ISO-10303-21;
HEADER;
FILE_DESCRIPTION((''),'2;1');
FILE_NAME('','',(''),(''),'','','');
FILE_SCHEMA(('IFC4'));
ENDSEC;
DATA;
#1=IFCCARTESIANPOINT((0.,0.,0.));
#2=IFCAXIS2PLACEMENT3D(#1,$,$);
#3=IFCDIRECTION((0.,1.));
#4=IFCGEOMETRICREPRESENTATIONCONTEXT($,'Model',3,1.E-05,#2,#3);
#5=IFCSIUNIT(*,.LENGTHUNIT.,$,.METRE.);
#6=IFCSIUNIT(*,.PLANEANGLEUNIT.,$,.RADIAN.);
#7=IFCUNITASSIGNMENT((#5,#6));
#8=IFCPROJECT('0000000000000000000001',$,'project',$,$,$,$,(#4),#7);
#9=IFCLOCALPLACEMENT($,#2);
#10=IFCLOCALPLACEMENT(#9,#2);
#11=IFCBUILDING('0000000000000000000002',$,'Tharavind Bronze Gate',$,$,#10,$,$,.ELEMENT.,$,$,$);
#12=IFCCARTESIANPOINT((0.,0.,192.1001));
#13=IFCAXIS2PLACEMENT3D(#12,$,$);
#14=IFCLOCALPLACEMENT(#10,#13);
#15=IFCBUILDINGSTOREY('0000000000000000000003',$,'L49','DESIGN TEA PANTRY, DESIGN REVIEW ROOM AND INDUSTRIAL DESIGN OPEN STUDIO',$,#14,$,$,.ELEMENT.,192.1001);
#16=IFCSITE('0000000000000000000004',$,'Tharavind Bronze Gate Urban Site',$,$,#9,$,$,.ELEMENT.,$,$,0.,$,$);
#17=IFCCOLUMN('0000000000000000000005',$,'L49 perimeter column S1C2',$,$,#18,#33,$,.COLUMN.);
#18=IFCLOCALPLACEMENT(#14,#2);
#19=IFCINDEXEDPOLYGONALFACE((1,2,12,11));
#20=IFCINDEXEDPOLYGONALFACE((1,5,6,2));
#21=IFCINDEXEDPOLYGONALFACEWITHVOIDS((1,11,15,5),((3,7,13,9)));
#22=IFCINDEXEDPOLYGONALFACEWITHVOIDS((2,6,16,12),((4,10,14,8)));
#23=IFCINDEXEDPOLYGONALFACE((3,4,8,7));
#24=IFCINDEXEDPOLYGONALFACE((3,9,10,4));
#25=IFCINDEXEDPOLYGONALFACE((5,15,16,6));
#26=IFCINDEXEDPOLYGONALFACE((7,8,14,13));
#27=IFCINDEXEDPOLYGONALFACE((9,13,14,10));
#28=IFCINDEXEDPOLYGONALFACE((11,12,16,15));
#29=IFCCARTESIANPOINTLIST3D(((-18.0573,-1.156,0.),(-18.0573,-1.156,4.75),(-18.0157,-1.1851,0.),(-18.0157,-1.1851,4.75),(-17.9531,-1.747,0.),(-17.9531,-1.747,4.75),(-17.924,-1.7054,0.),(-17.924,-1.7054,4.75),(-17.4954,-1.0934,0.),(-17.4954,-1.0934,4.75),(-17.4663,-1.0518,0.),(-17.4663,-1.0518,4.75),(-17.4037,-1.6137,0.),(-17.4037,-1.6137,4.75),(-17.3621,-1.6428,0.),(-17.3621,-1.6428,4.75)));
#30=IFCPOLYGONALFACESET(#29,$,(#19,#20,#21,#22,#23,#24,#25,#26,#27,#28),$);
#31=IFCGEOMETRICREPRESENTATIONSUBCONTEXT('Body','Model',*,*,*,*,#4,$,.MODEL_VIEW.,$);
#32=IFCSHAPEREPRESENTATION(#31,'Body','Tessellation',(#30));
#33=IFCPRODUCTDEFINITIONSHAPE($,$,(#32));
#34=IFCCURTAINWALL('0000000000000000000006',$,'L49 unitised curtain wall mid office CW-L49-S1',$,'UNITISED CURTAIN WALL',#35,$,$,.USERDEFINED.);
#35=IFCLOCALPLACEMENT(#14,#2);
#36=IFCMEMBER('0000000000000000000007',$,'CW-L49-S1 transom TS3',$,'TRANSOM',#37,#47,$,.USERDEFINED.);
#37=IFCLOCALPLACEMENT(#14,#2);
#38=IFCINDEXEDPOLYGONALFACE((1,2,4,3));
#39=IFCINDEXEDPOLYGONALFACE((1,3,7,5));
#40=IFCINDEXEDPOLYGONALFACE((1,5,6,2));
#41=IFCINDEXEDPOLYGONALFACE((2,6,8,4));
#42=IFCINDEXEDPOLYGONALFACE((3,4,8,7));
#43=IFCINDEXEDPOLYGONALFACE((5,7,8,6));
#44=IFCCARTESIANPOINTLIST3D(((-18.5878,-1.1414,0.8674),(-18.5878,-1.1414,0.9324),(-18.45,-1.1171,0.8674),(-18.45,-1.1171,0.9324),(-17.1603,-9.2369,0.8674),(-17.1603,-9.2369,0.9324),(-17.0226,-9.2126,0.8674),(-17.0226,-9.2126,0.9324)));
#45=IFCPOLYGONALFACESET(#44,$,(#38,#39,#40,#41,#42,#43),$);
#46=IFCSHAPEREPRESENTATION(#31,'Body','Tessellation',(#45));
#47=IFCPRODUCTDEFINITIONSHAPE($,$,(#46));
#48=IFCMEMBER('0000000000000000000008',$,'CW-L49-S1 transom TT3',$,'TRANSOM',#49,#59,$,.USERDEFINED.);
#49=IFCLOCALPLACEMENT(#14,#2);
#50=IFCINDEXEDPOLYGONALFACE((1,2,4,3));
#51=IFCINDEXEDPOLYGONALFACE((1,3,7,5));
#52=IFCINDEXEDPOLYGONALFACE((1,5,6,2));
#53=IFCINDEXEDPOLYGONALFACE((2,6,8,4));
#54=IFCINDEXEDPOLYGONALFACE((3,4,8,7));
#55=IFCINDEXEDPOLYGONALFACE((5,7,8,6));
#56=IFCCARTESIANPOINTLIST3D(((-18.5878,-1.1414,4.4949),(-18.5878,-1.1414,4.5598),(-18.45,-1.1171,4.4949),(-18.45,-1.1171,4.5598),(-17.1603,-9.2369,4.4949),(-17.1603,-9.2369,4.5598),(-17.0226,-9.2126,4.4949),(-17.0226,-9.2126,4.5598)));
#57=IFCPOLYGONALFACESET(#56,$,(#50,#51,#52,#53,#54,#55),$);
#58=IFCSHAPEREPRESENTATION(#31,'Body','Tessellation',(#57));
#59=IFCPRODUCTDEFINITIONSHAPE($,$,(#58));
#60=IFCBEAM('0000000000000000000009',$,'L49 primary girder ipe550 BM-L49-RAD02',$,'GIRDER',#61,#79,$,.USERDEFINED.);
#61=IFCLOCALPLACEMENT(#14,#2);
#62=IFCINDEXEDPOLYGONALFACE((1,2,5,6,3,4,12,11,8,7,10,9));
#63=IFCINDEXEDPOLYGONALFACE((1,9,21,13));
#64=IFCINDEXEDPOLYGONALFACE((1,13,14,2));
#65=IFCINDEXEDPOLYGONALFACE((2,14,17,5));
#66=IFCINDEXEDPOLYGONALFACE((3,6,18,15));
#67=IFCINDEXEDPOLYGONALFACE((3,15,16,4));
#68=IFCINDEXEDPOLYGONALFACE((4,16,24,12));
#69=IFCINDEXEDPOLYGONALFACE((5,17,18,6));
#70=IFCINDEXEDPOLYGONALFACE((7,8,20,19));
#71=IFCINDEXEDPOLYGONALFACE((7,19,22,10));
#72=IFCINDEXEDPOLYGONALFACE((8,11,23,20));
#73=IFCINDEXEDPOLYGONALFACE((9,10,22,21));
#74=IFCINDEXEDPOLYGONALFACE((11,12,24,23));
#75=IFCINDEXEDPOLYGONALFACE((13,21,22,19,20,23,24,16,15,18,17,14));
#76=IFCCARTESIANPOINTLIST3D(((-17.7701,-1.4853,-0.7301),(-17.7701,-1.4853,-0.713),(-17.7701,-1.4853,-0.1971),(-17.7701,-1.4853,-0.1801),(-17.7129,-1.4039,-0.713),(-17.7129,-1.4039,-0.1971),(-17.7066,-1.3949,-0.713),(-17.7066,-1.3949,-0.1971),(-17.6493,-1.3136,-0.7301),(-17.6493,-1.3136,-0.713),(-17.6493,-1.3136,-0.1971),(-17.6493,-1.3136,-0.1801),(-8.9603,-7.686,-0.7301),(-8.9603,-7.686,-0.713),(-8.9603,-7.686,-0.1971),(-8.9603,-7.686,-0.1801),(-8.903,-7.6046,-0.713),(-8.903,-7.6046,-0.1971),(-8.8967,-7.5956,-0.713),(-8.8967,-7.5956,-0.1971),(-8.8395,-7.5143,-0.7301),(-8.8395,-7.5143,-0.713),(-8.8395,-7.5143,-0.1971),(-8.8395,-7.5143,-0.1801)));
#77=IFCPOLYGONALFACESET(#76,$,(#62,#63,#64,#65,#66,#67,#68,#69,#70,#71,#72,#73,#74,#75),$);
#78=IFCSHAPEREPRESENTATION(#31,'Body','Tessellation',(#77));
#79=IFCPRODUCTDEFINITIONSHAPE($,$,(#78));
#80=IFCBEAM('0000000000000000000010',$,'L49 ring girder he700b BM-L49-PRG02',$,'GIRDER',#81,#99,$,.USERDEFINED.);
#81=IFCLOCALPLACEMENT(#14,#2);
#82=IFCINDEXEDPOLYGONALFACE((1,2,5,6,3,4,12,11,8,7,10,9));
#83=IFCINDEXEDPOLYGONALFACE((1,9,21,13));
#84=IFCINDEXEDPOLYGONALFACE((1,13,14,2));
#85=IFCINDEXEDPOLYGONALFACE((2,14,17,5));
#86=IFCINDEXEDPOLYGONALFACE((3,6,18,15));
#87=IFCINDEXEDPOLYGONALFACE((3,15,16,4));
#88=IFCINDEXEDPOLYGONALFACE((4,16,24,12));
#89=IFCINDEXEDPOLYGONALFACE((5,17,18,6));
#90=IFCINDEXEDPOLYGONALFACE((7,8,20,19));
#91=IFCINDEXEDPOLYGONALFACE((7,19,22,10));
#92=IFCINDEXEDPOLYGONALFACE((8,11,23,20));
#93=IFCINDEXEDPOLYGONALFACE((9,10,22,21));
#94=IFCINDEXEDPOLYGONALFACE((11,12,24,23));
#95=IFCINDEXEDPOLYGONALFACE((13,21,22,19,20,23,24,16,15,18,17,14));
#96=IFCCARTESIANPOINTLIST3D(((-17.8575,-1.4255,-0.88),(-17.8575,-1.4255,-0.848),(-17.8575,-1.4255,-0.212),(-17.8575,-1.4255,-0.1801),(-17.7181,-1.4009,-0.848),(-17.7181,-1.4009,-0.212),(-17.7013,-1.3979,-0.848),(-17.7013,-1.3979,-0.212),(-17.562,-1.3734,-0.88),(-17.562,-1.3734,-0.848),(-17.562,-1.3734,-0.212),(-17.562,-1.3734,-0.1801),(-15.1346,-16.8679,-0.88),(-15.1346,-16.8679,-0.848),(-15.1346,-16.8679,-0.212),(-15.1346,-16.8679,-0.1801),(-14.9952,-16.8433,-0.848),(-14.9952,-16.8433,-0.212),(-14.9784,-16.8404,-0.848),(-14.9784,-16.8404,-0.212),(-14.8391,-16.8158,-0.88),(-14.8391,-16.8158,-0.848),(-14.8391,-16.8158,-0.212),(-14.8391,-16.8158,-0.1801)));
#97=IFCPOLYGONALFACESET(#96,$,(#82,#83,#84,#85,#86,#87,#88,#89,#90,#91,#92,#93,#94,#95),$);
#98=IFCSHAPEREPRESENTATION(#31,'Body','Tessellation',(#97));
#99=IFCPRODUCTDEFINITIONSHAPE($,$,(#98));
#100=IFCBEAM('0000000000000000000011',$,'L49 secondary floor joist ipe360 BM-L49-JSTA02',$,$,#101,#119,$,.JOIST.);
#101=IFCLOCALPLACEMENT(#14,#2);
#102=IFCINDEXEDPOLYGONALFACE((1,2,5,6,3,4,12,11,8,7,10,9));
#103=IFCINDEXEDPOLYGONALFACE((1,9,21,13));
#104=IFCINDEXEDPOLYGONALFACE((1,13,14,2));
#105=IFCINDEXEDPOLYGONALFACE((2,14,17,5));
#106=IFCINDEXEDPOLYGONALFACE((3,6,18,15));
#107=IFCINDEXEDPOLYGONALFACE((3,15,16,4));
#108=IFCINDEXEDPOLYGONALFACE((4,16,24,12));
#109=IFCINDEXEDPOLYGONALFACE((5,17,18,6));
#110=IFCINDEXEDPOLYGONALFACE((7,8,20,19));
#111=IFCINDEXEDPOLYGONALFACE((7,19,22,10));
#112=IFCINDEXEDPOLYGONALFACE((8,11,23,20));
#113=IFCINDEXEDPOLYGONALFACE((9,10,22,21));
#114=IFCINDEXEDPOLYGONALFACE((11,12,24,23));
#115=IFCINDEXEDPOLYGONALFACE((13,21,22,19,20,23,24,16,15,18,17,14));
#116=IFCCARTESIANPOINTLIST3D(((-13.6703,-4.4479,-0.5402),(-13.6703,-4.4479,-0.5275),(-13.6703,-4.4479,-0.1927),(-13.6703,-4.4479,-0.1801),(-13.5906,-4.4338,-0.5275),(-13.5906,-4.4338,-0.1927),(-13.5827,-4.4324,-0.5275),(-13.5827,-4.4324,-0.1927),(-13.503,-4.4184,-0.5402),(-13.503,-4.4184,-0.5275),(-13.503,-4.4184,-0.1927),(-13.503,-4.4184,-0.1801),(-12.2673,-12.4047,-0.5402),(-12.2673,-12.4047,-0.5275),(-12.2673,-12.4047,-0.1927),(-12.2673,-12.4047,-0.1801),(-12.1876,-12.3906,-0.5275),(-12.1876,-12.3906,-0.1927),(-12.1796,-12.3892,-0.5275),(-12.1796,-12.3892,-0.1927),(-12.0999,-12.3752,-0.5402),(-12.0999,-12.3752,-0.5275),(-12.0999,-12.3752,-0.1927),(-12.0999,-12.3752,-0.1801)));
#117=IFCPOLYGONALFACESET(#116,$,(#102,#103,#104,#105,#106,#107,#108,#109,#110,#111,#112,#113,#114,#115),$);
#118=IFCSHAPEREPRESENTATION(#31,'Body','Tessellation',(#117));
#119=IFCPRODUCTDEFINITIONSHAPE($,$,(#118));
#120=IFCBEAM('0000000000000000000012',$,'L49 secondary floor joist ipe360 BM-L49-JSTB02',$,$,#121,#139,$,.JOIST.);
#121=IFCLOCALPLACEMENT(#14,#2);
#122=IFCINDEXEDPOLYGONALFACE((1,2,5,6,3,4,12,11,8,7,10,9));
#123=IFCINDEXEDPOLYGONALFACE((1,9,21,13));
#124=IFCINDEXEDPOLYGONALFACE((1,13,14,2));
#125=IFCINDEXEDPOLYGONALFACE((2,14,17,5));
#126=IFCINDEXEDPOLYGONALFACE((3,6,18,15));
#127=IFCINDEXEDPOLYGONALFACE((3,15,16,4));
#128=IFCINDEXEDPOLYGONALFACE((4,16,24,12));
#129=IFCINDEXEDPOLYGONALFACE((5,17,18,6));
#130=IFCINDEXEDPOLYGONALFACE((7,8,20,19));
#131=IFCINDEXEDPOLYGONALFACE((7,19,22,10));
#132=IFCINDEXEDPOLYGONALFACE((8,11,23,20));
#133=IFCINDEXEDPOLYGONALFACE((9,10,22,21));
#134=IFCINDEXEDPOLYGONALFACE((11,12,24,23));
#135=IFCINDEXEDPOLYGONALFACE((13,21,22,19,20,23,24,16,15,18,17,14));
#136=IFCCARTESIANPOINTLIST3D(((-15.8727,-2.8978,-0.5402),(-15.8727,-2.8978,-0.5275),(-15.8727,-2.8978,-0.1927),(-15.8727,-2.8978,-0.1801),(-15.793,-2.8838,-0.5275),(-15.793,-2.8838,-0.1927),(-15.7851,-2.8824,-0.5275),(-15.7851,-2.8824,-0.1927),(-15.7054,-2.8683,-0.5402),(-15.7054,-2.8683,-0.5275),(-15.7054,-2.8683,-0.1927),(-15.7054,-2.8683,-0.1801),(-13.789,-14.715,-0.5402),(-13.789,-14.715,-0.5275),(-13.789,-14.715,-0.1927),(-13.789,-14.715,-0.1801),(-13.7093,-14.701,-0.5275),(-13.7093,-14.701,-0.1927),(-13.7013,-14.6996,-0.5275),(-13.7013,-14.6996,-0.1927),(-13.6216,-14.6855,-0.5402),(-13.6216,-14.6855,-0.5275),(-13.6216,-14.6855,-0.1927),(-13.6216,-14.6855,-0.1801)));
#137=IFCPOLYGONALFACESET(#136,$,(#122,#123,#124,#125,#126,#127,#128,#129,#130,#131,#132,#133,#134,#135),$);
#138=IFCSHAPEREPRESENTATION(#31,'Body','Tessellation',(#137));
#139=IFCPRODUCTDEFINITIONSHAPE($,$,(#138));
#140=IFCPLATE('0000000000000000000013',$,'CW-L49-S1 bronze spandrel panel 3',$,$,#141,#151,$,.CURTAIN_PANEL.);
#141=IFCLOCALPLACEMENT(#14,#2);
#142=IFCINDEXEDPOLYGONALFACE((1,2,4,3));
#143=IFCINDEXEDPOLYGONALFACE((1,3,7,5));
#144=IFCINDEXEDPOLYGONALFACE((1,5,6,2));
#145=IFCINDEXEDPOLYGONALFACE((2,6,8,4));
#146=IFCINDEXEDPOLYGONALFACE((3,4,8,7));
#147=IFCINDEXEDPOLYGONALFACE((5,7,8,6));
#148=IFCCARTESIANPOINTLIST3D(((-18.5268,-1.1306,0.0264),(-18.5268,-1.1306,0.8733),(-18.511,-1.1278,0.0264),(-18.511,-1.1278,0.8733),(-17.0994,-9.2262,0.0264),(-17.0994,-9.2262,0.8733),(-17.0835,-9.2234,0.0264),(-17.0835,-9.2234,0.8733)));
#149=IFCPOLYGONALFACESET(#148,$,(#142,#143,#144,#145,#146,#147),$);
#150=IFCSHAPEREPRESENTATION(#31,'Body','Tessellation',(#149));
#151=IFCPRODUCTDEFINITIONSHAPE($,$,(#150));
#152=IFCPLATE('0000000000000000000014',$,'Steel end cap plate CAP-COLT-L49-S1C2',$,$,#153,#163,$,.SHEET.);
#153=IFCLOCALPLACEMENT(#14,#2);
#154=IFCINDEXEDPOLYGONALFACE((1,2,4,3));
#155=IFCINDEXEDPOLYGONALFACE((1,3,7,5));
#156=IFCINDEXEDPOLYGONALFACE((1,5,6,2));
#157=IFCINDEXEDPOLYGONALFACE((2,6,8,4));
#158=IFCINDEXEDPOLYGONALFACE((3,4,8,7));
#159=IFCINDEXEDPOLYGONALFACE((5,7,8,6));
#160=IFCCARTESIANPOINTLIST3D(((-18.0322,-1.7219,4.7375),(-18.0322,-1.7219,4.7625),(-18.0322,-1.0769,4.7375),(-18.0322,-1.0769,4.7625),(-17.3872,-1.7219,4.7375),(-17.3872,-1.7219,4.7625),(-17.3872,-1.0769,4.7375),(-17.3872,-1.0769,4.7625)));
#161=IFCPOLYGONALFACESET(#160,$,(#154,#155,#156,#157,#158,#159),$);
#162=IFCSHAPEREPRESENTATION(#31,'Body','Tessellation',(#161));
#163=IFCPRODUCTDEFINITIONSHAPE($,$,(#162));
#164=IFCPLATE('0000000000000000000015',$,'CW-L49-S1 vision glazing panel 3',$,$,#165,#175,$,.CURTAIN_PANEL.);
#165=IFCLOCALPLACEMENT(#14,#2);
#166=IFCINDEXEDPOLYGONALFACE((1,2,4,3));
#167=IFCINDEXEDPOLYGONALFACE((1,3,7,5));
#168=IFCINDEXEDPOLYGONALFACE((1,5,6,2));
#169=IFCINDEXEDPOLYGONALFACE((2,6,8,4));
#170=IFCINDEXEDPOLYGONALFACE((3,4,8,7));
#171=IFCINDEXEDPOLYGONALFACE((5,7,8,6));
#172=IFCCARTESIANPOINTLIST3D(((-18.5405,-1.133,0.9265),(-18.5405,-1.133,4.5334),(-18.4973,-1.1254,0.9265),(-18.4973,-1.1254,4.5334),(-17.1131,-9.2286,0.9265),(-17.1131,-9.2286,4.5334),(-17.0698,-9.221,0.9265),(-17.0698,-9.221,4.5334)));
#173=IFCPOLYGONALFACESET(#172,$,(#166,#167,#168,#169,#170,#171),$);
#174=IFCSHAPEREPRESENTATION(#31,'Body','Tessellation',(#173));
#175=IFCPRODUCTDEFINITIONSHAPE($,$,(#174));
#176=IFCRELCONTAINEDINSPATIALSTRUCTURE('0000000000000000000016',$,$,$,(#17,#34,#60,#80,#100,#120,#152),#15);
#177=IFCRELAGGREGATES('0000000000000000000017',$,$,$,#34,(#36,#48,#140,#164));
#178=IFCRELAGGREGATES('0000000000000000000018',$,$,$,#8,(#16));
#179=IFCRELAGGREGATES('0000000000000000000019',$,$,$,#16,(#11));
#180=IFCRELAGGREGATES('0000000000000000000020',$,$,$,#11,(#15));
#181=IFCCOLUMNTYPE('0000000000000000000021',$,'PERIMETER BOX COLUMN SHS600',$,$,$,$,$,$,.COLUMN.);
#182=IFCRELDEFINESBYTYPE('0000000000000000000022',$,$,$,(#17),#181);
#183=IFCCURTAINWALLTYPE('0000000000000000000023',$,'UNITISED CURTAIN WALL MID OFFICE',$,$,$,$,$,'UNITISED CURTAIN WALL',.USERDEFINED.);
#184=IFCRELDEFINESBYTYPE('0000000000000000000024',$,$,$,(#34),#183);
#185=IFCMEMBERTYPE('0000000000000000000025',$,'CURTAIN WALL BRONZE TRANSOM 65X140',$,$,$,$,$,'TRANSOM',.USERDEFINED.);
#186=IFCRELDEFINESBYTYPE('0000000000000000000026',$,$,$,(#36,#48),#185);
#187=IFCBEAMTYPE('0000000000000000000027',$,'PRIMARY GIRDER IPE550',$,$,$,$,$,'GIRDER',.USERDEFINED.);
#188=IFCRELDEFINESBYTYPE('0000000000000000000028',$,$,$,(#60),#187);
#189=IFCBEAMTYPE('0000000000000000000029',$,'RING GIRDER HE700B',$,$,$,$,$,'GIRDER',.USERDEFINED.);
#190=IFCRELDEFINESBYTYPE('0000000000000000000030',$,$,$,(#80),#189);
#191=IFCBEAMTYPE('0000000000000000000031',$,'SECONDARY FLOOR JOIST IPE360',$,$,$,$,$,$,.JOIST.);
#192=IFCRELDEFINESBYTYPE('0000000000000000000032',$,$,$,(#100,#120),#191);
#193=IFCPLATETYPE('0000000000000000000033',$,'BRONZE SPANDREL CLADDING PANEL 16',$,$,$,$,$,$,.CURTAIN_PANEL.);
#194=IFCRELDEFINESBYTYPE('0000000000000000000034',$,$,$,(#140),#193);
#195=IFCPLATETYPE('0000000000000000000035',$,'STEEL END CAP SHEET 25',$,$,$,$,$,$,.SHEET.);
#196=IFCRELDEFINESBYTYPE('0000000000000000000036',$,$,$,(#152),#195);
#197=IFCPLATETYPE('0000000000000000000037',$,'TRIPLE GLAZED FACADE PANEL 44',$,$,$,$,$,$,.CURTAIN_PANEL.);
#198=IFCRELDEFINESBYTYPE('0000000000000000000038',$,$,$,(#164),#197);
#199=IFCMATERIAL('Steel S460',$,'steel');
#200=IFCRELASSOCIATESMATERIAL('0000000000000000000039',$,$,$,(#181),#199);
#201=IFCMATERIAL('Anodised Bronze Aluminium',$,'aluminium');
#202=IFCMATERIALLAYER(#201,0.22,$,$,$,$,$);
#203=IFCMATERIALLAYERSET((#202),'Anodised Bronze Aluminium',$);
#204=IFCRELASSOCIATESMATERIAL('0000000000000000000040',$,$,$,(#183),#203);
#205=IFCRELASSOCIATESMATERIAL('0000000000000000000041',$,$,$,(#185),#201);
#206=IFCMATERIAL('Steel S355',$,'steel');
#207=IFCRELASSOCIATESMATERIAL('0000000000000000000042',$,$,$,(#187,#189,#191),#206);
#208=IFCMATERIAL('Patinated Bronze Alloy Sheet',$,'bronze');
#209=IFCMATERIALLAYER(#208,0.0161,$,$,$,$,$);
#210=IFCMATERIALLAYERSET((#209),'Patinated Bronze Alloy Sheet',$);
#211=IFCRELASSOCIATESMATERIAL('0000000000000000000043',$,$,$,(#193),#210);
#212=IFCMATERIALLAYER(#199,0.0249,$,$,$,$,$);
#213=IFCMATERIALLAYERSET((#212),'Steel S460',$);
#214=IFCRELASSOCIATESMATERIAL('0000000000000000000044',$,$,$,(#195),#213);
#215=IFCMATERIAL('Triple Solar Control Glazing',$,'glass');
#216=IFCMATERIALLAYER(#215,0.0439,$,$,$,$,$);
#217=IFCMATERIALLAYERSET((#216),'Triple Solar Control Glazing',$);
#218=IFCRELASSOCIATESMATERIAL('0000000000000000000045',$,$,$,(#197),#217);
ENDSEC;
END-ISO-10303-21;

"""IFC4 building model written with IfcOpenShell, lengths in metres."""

from ifc_helpers import new_model, si_unit, direction, frame, origin, origin_2d, place, context, subcontext, project, spatial, rectangle, hollow_rectangle, i_section, extrude, material, layer, layer_set, material_profile, profile_set, type_object, element, aggregate, save


model = new_model("IFC4")

# Units and contexts
model_context = context("Model", 3, precision=1e-05, world=origin(), true_north=direction((0.0, 1.0)))
body_context = subcontext(model_context, "Body", "Model", "MODEL_VIEW")
ifc_project = project(units=[si_unit("LENGTHUNIT", "METRE"), si_unit("PLANEANGLEUNIT", "RADIAN")], contexts=[model_context])

# Site, building, storey
site_placement = place(None, origin())
site = spatial("IfcSite", under=ifc_project, at=site_placement, Name="Tharavind Bronze Gate Urban Site", CompositionType="ELEMENT", RefElevation=0.0)
building_placement = place(site_placement, origin())
building = spatial("IfcBuilding", under=site, at=building_placement, Name="Tharavind Bronze Gate", CompositionType="ELEMENT")
storey_placement = place(building_placement, frame((0.0, 0.0, 192.1001)))
storey = spatial("IfcBuildingStorey", under=building, at=storey_placement, Name="L49", Description="DESIGN TEA PANTRY, DESIGN REVIEW ROOM AND INDUSTRIAL DESIGN OPEN STUDIO", CompositionType="ELEMENT", Elevation=192.1001)

# Column
ifc_material_1 = material(Name="Steel S460", Category="steel")
ifc_material_profile_1 = material_profile(ifc_material_1, hollow_rectangle(XDim=0.6001, YDim=0.6001, WallThickness=0.0359, at=origin_2d()), Name="SHS600X36")
ifc_profile_set_1 = profile_set([ifc_material_profile_1], Name="Steel S460")
column_type = type_object("IfcColumnType", Name="PERIMETER BOX COLUMN SHS600", PredefinedType="COLUMN", material=ifc_profile_set_1)
column_placement = place(storey_placement, frame((-17.7097, -1.3994, 0.0), z_axis=(0.0, 0.0, 1.0), x_axis=(-0.173648, 0.984808, 0.0)))
element("IfcColumn", 1, at=column_placement, inside=storey, type_object=column_type, Name="L49 perimeter column S1C2", PredefinedType="COLUMN", context=body_context, shape_type="SweptSolid", body=[
    extrude(hollow_rectangle(XDim=0.6001, YDim=0.6001, WallThickness=0.0359, at=origin_2d()), origin(), (0.0, 0.0, 1.0), 4.75),
])

# Curtain wall, members
ifc_material_2 = material(Name="Anodised Bronze Aluminium", Category="aluminium")
ifc_layer_1 = layer(ifc_material_2, 0.22)
ifc_layer_set_1 = layer_set([ifc_layer_1], Name="Anodised Bronze Aluminium")
curtain_wall_type = type_object("IfcCurtainWallType", Name="UNITISED CURTAIN WALL MID OFFICE", ElementType="UNITISED CURTAIN WALL", PredefinedType="USERDEFINED", material=ifc_layer_set_1)
curtain_wall_placement = place(storey_placement, origin())
curtain_wall = element("IfcCurtainWall", 2, at=curtain_wall_placement, inside=storey, type_object=curtain_wall_type, Name="L49 unitised curtain wall mid office CW-L49-S1", ObjectType="UNITISED CURTAIN WALL", PredefinedType="USERDEFINED")
member_type = type_object("IfcMemberType", Name="CURTAIN WALL BRONZE TRANSOM 65X140", ElementType="TRANSOM", PredefinedType="USERDEFINED", material=ifc_material_2)
member_1_placement = place(storey_placement, frame((-17.8052, -5.177, 0.8674), z_axis=(0.0, 0.0, 1.0), x_axis=(0.173648, -0.984808, 0.0)))
member_1 = element("IfcMember", 3, at=member_1_placement, type_object=member_type, Name="CW-L49-S1 transom TS3", ObjectType="TRANSOM", PredefinedType="USERDEFINED", context=body_context, shape_type="SweptSolid", body=[
    extrude(rectangle(XDim=8.2205, YDim=0.1399, at=origin_2d()), origin(), (0.0, 0.0, 1.0), 0.0649),
])
member_2_placement = place(storey_placement, frame((-17.8052, -5.177, 4.4949), z_axis=(0.0, 0.0, 1.0), x_axis=(0.173648, -0.984808, 0.0)))
member_2 = element("IfcMember", 4, at=member_2_placement, type_object=member_type, Name="CW-L49-S1 transom TT3", ObjectType="TRANSOM", PredefinedType="USERDEFINED", context=body_context, shape_type="SweptSolid", body=[
    extrude(rectangle(XDim=8.2205, YDim=0.1399, at=origin_2d()), origin(), (0.0, 0.0, 1.0), 0.0649),
])

# Beams
ifc_material_3 = material(Name="Steel S355", Category="steel")
ifc_material_profile_2 = material_profile(ifc_material_3, i_section(OverallWidth=0.21, OverallDepth=0.55, WebThickness=0.011, FlangeThickness=0.0171, at=origin_2d()), Name="IPE550")
ifc_profile_set_2 = profile_set([ifc_material_profile_2], Name="Steel S355")
beam_type_1 = type_object("IfcBeamType", Name="PRIMARY GIRDER IPE550", ElementType="GIRDER", PredefinedType="USERDEFINED", material=ifc_profile_set_2)
beam_1_placement = place(storey_placement, frame((-17.7097, -1.3994, -0.4551), z_axis=(0.817755, -0.575567, 0.0), x_axis=(0.575567, 0.817755, 0.0)))
element("IfcBeam", 5, at=beam_1_placement, inside=storey, type_object=beam_type_1, Name="L49 primary girder ipe550 BM-L49-RAD02", ObjectType="GIRDER", PredefinedType="USERDEFINED", context=body_context, shape_type="SweptSolid", body=[
    extrude(i_section(OverallWidth=0.21, OverallDepth=0.55, WebThickness=0.011, FlangeThickness=0.0171, at=origin_2d()), origin(), (0.0, 0.0, 1.0), 10.7732),
])
ifc_material_profile_3 = material_profile(ifc_material_3, i_section(OverallWidth=0.3, OverallDepth=0.7, WebThickness=0.0171, FlangeThickness=0.032, at=origin_2d()), Name="HE700B")
ifc_profile_set_3 = profile_set([ifc_material_profile_3], Name="Steel S355")
beam_type_2 = type_object("IfcBeamType", Name="RING GIRDER HE700B", ElementType="GIRDER", PredefinedType="USERDEFINED", material=ifc_profile_set_3)
beam_2_placement = place(storey_placement, frame((-17.7097, -1.3994, -0.53), z_axis=(0.173648, -0.984808, 0.0), x_axis=(0.984808, 0.173648, 0.0)))
element("IfcBeam", 6, at=beam_2_placement, inside=storey, type_object=beam_type_2, Name="L49 ring girder he700b BM-L49-PRG02", ObjectType="GIRDER", PredefinedType="USERDEFINED", context=body_context, shape_type="SweptSolid", body=[
    extrude(i_section(OverallWidth=0.3, OverallDepth=0.7, WebThickness=0.0171, FlangeThickness=0.032, at=origin_2d()), origin(), (0.0, 0.0, 1.0), 15.6807),
])
ifc_material_profile_4 = material_profile(ifc_material_3, i_section(OverallWidth=0.1699, OverallDepth=0.3601, WebThickness=0.0081, FlangeThickness=0.0127, at=origin_2d()), Name="IPE360")
ifc_profile_set_4 = profile_set([ifc_material_profile_4], Name="Steel S355")
beam_type_3 = type_object("IfcBeamType", Name="SECONDARY FLOOR JOIST IPE360", PredefinedType="JOIST", material=ifc_profile_set_4)
beam_3_placement = place(storey_placement, frame((-13.5867, -4.4331, -0.3601), z_axis=(0.173658, -0.984806, 0.0), x_axis=(0.984806, 0.173658, 0.0)))
element("IfcBeam", 7, at=beam_3_placement, inside=storey, type_object=beam_type_3, Name="L49 secondary floor joist ipe360 BM-L49-JSTA02", PredefinedType="JOIST", context=body_context, shape_type="SweptSolid", body=[
    extrude(i_section(OverallWidth=0.1699, OverallDepth=0.3601, WebThickness=0.0081, FlangeThickness=0.0127, at=origin_2d()), origin(), (0.0, 0.0, 1.0), 8.0796),
])
beam_4_placement = place(storey_placement, frame((-15.7891, -2.8831, -0.3601), z_axis=(0.173653, -0.984807, 0.0), x_axis=(0.984807, 0.173653, 0.0)))
element("IfcBeam", 8, at=beam_4_placement, inside=storey, type_object=beam_type_3, Name="L49 secondary floor joist ipe360 BM-L49-JSTB02", PredefinedType="JOIST", context=body_context, shape_type="SweptSolid", body=[
    extrude(i_section(OverallWidth=0.1699, OverallDepth=0.3601, WebThickness=0.0081, FlangeThickness=0.0127, at=origin_2d()), origin(), (0.0, 0.0, 1.0), 11.9995),
])

# Plates
ifc_material_4 = material(Name="Patinated Bronze Alloy Sheet", Category="bronze")
ifc_layer_2 = layer(ifc_material_4, 0.0161)
ifc_layer_set_2 = layer_set([ifc_layer_2], Name="Patinated Bronze Alloy Sheet")
plate_type_1 = type_object("IfcPlateType", Name="BRONZE SPANDREL CLADDING PANEL 16", PredefinedType="CURTAIN_PANEL", material=ifc_layer_set_2)
plate_1_placement = place(storey_placement, frame((-17.8052, -5.177, 0.0264), z_axis=(0.0, 0.0, 1.0), x_axis=(0.173648, -0.984808, 0.0)))
plate_1 = element("IfcPlate", 9, at=plate_1_placement, type_object=plate_type_1, Name="CW-L49-S1 bronze spandrel panel 3", PredefinedType="CURTAIN_PANEL", context=body_context, shape_type="SweptSolid", body=[
    extrude(rectangle(XDim=8.2205, YDim=0.0161, at=origin_2d()), origin(), (0.0, 0.0, 1.0), 0.8469),
])
ifc_layer_3 = layer(ifc_material_1, 0.0249)
ifc_layer_set_3 = layer_set([ifc_layer_3], Name="Steel S460")
plate_type_2 = type_object("IfcPlateType", Name="STEEL END CAP SHEET 25", PredefinedType="SHEET", material=ifc_layer_set_3)
plate_2_placement = place(storey_placement, frame((-17.7097, -1.3994, 4.7375), z_axis=(0.0, 0.0, 1.0), x_axis=(1.0, 0.0, 0.0)))
element("IfcPlate", 10, at=plate_2_placement, inside=storey, type_object=plate_type_2, Name="Steel end cap plate CAP-COLT-L49-S1C2", PredefinedType="SHEET", context=body_context, shape_type="SweptSolid", body=[
    extrude(rectangle(XDim=0.645, YDim=0.645, at=origin_2d()), origin(), (0.0, 0.0, 1.0), 0.0249),
])
ifc_material_5 = material(Name="Triple Solar Control Glazing", Category="glass")
ifc_layer_4 = layer(ifc_material_5, 0.0439)
ifc_layer_set_4 = layer_set([ifc_layer_4], Name="Triple Solar Control Glazing")
plate_type_3 = type_object("IfcPlateType", Name="TRIPLE GLAZED FACADE PANEL 44", PredefinedType="CURTAIN_PANEL", material=ifc_layer_set_4)
plate_3_placement = place(storey_placement, frame((-17.8052, -5.177, 0.9265), z_axis=(0.0, 0.0, 1.0), x_axis=(0.173648, -0.984808, 0.0)))
plate_3 = element("IfcPlate", 11, at=plate_3_placement, type_object=plate_type_3, Name="CW-L49-S1 vision glazing panel 3", PredefinedType="CURTAIN_PANEL", context=body_context, shape_type="SweptSolid", body=[
    extrude(rectangle(XDim=8.2205, YDim=0.0439, at=origin_2d()), origin(), (0.0, 0.0, 1.0), 3.6069),
])
aggregate(curtain_wall, [member_1, member_2, plate_1, plate_3])

save(model, "model.ifc")
